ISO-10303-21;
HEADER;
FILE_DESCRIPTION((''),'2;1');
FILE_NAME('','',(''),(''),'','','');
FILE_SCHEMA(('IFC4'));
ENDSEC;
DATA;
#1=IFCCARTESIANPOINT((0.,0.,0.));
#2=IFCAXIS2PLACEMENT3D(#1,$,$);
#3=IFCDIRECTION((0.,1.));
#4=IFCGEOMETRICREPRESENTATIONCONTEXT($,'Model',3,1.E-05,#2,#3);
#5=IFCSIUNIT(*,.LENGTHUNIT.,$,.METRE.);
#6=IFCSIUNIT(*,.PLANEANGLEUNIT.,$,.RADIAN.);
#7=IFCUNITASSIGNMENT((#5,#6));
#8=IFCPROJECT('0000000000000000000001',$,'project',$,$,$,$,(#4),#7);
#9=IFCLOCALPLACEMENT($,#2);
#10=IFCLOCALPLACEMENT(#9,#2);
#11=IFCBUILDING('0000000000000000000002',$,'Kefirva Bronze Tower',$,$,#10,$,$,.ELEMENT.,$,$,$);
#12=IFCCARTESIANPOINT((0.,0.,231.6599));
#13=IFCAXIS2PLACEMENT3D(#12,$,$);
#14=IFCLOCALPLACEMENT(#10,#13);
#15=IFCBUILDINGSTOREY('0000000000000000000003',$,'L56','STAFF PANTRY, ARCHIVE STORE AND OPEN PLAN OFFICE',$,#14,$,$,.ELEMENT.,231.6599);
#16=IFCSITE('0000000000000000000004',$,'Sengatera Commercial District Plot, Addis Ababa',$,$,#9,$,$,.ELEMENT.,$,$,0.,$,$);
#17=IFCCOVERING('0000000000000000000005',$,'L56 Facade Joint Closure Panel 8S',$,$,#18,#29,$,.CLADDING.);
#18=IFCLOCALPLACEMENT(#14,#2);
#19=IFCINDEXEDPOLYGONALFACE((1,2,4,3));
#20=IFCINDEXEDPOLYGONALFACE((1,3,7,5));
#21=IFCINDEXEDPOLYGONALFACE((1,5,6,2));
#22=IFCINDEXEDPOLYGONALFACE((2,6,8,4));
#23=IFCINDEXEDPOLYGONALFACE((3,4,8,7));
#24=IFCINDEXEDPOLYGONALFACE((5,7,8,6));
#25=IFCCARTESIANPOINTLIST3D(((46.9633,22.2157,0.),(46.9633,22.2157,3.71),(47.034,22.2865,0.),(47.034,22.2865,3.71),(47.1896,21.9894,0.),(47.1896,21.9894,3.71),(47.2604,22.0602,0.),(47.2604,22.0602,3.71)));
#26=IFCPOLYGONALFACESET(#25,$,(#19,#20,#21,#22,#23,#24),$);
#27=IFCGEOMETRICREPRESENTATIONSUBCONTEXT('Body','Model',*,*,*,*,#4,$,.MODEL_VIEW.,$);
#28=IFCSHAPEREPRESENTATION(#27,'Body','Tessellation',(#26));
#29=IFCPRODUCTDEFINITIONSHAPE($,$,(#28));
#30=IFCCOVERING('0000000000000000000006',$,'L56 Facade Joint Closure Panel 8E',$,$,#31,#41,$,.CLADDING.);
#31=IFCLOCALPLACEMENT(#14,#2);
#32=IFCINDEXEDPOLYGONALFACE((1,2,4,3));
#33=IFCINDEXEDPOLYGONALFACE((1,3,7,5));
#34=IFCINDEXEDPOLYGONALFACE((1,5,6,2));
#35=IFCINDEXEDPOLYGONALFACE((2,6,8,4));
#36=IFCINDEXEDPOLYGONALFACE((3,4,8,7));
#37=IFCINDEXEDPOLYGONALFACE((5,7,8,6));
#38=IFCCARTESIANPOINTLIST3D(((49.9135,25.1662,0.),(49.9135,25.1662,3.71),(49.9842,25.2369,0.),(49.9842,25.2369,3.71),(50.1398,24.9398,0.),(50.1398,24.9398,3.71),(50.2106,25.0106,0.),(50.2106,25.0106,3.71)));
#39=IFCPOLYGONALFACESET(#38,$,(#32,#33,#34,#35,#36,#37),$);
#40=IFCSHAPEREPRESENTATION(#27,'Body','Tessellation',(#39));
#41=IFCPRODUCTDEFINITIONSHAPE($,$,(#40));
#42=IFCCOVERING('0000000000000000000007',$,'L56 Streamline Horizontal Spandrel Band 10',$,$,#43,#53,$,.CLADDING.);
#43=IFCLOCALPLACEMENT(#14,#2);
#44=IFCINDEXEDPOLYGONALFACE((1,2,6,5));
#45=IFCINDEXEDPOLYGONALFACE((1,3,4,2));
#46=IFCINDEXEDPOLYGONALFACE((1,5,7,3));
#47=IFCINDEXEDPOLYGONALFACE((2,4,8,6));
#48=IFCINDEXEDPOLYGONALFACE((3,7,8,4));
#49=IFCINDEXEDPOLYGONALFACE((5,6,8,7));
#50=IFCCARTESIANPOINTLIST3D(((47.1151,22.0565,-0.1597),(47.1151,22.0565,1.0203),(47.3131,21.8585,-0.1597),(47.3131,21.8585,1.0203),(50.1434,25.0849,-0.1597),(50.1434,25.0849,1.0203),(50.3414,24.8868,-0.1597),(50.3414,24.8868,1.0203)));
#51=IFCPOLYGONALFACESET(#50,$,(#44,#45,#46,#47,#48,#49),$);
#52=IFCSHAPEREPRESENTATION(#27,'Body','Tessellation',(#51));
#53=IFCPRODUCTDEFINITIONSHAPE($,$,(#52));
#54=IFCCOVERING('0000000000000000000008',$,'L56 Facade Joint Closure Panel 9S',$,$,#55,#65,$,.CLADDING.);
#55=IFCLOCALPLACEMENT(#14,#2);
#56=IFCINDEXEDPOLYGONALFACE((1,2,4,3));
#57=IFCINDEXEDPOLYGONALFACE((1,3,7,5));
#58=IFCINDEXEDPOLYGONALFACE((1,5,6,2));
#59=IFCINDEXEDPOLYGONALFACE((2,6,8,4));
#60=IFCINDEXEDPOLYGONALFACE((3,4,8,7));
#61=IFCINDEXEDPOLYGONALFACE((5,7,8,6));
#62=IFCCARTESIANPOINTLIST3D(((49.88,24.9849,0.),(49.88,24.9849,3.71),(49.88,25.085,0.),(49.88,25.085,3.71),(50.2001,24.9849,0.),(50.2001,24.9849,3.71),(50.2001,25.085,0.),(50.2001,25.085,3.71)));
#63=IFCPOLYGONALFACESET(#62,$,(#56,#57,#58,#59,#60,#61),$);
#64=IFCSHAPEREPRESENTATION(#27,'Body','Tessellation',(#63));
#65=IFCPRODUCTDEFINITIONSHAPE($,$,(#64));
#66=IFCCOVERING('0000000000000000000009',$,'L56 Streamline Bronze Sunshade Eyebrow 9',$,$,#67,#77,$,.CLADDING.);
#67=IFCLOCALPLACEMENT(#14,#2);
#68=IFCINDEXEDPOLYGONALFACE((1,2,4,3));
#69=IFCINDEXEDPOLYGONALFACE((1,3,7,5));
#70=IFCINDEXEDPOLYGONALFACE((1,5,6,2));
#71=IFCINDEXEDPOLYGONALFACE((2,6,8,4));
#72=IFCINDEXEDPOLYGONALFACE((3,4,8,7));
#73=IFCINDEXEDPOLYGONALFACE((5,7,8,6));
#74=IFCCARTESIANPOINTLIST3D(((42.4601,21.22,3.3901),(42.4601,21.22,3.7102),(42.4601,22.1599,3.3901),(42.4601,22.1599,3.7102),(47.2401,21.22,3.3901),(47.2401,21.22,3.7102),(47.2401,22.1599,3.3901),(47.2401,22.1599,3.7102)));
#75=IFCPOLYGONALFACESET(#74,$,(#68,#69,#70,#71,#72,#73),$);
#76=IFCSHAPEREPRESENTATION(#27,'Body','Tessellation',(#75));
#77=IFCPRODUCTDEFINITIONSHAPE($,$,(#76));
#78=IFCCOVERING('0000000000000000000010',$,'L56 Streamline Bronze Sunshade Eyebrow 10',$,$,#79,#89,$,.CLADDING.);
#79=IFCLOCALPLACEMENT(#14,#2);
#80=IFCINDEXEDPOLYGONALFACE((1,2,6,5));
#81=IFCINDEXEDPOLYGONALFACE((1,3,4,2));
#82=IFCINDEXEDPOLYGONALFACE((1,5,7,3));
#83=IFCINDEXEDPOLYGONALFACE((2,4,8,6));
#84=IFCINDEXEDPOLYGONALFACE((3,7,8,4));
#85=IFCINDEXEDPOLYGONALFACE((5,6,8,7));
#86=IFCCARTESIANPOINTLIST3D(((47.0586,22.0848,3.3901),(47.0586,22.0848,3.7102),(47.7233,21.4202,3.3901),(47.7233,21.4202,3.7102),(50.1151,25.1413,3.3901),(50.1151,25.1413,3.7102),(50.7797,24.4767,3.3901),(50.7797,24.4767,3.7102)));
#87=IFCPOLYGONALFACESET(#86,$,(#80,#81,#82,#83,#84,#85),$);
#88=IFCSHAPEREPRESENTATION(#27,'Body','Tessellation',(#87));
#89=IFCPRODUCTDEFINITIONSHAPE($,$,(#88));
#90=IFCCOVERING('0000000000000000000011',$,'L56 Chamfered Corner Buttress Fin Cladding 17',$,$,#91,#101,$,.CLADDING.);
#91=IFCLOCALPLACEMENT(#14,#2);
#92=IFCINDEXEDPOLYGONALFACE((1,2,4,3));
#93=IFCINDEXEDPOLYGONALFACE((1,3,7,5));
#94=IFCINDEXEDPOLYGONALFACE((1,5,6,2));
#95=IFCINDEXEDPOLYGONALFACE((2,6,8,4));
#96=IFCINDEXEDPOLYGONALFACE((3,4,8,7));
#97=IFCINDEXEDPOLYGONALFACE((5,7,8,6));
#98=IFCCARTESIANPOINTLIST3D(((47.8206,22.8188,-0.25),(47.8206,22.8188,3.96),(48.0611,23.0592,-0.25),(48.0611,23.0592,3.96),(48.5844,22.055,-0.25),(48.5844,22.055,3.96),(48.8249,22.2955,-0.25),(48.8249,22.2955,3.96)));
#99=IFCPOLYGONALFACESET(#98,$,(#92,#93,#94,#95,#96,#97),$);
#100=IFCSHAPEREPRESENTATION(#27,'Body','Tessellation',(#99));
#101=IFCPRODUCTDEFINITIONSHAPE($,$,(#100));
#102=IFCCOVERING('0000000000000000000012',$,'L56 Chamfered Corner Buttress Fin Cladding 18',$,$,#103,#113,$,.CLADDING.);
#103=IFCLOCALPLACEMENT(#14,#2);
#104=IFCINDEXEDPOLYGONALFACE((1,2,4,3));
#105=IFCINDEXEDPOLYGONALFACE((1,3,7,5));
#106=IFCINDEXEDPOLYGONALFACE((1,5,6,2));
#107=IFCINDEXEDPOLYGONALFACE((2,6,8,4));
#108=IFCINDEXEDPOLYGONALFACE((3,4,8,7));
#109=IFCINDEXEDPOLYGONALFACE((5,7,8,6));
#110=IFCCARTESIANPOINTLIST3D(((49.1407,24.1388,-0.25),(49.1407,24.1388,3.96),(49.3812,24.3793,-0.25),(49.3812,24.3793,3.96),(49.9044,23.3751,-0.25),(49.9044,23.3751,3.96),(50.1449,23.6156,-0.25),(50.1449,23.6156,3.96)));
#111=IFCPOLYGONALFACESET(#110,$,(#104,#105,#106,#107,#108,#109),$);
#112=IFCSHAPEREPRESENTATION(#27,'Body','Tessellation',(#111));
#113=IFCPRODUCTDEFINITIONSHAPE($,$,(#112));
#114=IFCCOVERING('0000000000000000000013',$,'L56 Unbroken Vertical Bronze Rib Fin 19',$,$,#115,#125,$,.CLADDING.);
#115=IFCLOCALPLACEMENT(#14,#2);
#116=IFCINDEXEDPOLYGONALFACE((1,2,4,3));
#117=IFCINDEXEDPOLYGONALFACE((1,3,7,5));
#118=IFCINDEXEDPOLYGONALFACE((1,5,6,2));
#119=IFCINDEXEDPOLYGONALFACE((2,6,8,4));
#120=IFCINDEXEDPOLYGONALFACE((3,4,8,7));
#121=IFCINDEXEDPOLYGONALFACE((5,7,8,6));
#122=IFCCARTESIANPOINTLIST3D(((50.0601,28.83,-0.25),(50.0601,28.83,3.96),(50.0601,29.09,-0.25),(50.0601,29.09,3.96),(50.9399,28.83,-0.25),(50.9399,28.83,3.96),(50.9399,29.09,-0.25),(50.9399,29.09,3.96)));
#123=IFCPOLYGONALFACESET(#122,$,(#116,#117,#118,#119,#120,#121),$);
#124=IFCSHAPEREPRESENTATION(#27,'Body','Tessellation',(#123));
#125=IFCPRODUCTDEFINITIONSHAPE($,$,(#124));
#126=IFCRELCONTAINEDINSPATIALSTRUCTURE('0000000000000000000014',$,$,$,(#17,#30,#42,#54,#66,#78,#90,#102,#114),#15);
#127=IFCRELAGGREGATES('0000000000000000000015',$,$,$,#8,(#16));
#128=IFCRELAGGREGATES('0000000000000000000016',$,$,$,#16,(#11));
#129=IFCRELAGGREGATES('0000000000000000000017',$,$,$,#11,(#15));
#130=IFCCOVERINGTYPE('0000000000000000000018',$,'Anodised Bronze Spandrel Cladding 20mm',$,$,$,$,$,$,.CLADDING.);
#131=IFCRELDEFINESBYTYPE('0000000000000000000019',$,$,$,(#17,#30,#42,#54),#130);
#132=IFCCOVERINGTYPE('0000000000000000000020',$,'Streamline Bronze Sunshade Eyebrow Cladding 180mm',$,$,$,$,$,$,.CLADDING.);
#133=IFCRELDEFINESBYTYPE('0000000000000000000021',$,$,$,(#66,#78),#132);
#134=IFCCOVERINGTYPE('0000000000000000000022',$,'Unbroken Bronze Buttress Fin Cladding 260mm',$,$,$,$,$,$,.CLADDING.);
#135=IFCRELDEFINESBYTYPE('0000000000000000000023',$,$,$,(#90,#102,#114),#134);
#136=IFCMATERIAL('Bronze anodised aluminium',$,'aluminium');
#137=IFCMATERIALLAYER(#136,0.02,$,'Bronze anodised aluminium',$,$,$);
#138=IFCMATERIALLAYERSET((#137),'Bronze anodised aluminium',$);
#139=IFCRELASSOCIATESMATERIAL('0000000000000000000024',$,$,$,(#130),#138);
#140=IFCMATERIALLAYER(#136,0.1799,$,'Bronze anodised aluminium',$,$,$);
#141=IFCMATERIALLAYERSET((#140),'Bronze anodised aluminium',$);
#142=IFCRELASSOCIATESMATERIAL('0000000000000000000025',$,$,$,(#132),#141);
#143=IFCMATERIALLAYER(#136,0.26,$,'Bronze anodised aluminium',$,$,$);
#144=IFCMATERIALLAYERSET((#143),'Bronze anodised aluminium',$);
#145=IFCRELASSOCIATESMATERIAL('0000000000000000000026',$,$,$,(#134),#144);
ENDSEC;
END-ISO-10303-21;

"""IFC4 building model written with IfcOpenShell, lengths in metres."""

from ifc_helpers import new_model, si_unit, direction, frame, origin, origin_2d, place, context, subcontext, project, spatial, rectangle, extrude, material, layer, layer_set, type_object, element, save


model = new_model("IFC4")

# Units and contexts
model_context = context("Model", 3, precision=1e-05, world=origin(), true_north=direction((0.0, 1.0)))
body_context = subcontext(model_context, "Body", "Model", "MODEL_VIEW")
ifc_project = project(units=[si_unit("LENGTHUNIT", "METRE"), si_unit("PLANEANGLEUNIT", "RADIAN")], contexts=[model_context])

# Site, building, storey
site_placement = place(None, origin())
site = spatial("IfcSite", under=ifc_project, at=site_placement, Name="Sengatera Commercial District Plot, Addis Ababa", CompositionType="ELEMENT", RefElevation=0.0)
building_placement = place(site_placement, origin())
building = spatial("IfcBuilding", under=site, at=building_placement, Name="Kefirva Bronze Tower", CompositionType="ELEMENT")
storey_placement = place(building_placement, frame((0.0, 0.0, 231.6599)))
storey = spatial("IfcBuildingStorey", under=building, at=storey_placement, Name="L56", Description="STAFF PANTRY, ARCHIVE STORE AND OPEN PLAN OFFICE", CompositionType="ELEMENT", Elevation=231.6599)

# Coverings
ifc_material_1 = material(Name="Bronze anodised aluminium", Category="aluminium")
ifc_layer_1 = layer(ifc_material_1, 0.02, Name="Bronze anodised aluminium")
ifc_layer_set_1 = layer_set([ifc_layer_1], Name="Bronze anodised aluminium")
covering_type_1 = type_object("IfcCoveringType", Name="Anodised Bronze Spandrel Cladding 20mm", PredefinedType="CLADDING", material=ifc_layer_set_1)
for number, where, z_axis, x_axis, name in (
    (1, (47.1118, 22.1379, 0.0), (0.0, 0.0, 1.0), (0.707107, 0.707107, 0.0), "L56 Facade Joint Closure Panel 8S"),
    (2, (50.062, 25.0884, 0.0), (0.0, 0.0, 1.0), (0.707107, 0.707107, 0.0), "L56 Facade Joint Closure Panel 8E"),
):
    element("IfcCovering", number, at=place(storey_placement, frame(where, z_axis=z_axis, x_axis=x_axis)), inside=storey, type_object=covering_type_1, Name=name, PredefinedType="CLADDING", context=body_context, shape_type="SweptSolid", body=[
        extrude(rectangle(XDim=0.1001, YDim=0.3201, at=origin_2d()), origin(), (0.0, 0.0, 1.0), 3.71),
    ])
covering_1_placement = place(storey_placement, frame((48.7283, 23.4717, -0.1597), z_axis=(0.0, 0.0, 1.0), x_axis=(0.707107, 0.707107, 0.0)))
element("IfcCovering", 3, at=covering_1_placement, inside=storey, type_object=covering_type_1, Name="L56 Streamline Horizontal Spandrel Band 10", PredefinedType="CLADDING", context=body_context, shape_type="SweptSolid", body=[
    extrude(rectangle(XDim=4.2827, YDim=0.28, at=origin_2d()), origin(), (0.0, 0.0, 1.0), 1.1799),
])
covering_2_placement = place(storey_placement, frame((50.04, 25.0349, 0.0), z_axis=(0.0, 0.0, 1.0), x_axis=(0.0, 1.0, 0.0)))
element("IfcCovering", 4, at=covering_2_placement, inside=storey, type_object=covering_type_1, Name="L56 Facade Joint Closure Panel 9S", PredefinedType="CLADDING", context=body_context, shape_type="SweptSolid", body=[
    extrude(rectangle(XDim=0.1001, YDim=0.3201, at=origin_2d()), origin(), (0.0, 0.0, 1.0), 3.71),
])
ifc_layer_2 = layer(ifc_material_1, 0.1799, Name="Bronze anodised aluminium")
ifc_layer_set_2 = layer_set([ifc_layer_2], Name="Bronze anodised aluminium")
covering_type_2 = type_object("IfcCoveringType", Name="Streamline Bronze Sunshade Eyebrow Cladding 180mm", PredefinedType="CLADDING", material=ifc_layer_set_2)
covering_3_placement = place(storey_placement, frame((44.8501, 21.6899, 3.3901), z_axis=(0.0, 0.0, 1.0), x_axis=(1.0, 0.0, 0.0)))
element("IfcCovering", 5, at=covering_3_placement, inside=storey, type_object=covering_type_2, Name="L56 Streamline Bronze Sunshade Eyebrow 9", PredefinedType="CLADDING", context=body_context, shape_type="SweptSolid", body=[
    extrude(rectangle(XDim=4.78, YDim=0.9399, at=origin_2d()), origin(), (0.0, 0.0, 1.0), 0.3201),
])
covering_4_placement = place(storey_placement, frame((48.9192, 23.2808, 3.3901), z_axis=(0.0, 0.0, 1.0), x_axis=(0.707107, 0.707107, 0.0)))
element("IfcCovering", 6, at=covering_4_placement, inside=storey, type_object=covering_type_2, Name="L56 Streamline Bronze Sunshade Eyebrow 10", PredefinedType="CLADDING", context=body_context, shape_type="SweptSolid", body=[
    extrude(rectangle(XDim=4.3225, YDim=0.9399, at=origin_2d()), origin(), (0.0, 0.0, 1.0), 0.3201),
])
ifc_layer_3 = layer(ifc_material_1, 0.26, Name="Bronze anodised aluminium")
ifc_layer_set_3 = layer_set([ifc_layer_3], Name="Bronze anodised aluminium")
covering_type_3 = type_object("IfcCoveringType", Name="Unbroken Bronze Buttress Fin Cladding 260mm", PredefinedType="CLADDING", material=ifc_layer_set_3)
for number, where, z_axis, x_axis, name in (
    (7, (48.3228, 22.5571, -0.25), (0.0, 0.0, 1.0), (0.707107, 0.707107, 0.0), "L56 Chamfered Corner Buttress Fin Cladding 17"),
    (8, (49.6428, 23.8772, -0.25), (0.0, 0.0, 1.0), (0.707107, 0.707107, 0.0), "L56 Chamfered Corner Buttress Fin Cladding 18"),
):
    element("IfcCovering", number, at=place(storey_placement, frame(where, z_axis=z_axis, x_axis=x_axis)), inside=storey, type_object=covering_type_3, Name=name, PredefinedType="CLADDING", context=body_context, shape_type="SweptSolid", body=[
        extrude(rectangle(XDim=0.3401, YDim=1.0801, at=origin_2d()), origin(), (0.0, 0.0, 1.0), 4.21),
    ])
covering_5_placement = place(storey_placement, frame((50.5, 28.96, -0.25), z_axis=(0.0, 0.0, 1.0), x_axis=(0.0, 1.0, 0.0)))
element("IfcCovering", 9, at=covering_5_placement, inside=storey, type_object=covering_type_3, Name="L56 Unbroken Vertical Bronze Rib Fin 19", PredefinedType="CLADDING", context=body_context, shape_type="SweptSolid", body=[
    extrude(rectangle(XDim=0.26, YDim=0.8799, at=origin_2d()), origin(), (0.0, 0.0, 1.0), 4.21),
])

save(model, "model.ifc")
